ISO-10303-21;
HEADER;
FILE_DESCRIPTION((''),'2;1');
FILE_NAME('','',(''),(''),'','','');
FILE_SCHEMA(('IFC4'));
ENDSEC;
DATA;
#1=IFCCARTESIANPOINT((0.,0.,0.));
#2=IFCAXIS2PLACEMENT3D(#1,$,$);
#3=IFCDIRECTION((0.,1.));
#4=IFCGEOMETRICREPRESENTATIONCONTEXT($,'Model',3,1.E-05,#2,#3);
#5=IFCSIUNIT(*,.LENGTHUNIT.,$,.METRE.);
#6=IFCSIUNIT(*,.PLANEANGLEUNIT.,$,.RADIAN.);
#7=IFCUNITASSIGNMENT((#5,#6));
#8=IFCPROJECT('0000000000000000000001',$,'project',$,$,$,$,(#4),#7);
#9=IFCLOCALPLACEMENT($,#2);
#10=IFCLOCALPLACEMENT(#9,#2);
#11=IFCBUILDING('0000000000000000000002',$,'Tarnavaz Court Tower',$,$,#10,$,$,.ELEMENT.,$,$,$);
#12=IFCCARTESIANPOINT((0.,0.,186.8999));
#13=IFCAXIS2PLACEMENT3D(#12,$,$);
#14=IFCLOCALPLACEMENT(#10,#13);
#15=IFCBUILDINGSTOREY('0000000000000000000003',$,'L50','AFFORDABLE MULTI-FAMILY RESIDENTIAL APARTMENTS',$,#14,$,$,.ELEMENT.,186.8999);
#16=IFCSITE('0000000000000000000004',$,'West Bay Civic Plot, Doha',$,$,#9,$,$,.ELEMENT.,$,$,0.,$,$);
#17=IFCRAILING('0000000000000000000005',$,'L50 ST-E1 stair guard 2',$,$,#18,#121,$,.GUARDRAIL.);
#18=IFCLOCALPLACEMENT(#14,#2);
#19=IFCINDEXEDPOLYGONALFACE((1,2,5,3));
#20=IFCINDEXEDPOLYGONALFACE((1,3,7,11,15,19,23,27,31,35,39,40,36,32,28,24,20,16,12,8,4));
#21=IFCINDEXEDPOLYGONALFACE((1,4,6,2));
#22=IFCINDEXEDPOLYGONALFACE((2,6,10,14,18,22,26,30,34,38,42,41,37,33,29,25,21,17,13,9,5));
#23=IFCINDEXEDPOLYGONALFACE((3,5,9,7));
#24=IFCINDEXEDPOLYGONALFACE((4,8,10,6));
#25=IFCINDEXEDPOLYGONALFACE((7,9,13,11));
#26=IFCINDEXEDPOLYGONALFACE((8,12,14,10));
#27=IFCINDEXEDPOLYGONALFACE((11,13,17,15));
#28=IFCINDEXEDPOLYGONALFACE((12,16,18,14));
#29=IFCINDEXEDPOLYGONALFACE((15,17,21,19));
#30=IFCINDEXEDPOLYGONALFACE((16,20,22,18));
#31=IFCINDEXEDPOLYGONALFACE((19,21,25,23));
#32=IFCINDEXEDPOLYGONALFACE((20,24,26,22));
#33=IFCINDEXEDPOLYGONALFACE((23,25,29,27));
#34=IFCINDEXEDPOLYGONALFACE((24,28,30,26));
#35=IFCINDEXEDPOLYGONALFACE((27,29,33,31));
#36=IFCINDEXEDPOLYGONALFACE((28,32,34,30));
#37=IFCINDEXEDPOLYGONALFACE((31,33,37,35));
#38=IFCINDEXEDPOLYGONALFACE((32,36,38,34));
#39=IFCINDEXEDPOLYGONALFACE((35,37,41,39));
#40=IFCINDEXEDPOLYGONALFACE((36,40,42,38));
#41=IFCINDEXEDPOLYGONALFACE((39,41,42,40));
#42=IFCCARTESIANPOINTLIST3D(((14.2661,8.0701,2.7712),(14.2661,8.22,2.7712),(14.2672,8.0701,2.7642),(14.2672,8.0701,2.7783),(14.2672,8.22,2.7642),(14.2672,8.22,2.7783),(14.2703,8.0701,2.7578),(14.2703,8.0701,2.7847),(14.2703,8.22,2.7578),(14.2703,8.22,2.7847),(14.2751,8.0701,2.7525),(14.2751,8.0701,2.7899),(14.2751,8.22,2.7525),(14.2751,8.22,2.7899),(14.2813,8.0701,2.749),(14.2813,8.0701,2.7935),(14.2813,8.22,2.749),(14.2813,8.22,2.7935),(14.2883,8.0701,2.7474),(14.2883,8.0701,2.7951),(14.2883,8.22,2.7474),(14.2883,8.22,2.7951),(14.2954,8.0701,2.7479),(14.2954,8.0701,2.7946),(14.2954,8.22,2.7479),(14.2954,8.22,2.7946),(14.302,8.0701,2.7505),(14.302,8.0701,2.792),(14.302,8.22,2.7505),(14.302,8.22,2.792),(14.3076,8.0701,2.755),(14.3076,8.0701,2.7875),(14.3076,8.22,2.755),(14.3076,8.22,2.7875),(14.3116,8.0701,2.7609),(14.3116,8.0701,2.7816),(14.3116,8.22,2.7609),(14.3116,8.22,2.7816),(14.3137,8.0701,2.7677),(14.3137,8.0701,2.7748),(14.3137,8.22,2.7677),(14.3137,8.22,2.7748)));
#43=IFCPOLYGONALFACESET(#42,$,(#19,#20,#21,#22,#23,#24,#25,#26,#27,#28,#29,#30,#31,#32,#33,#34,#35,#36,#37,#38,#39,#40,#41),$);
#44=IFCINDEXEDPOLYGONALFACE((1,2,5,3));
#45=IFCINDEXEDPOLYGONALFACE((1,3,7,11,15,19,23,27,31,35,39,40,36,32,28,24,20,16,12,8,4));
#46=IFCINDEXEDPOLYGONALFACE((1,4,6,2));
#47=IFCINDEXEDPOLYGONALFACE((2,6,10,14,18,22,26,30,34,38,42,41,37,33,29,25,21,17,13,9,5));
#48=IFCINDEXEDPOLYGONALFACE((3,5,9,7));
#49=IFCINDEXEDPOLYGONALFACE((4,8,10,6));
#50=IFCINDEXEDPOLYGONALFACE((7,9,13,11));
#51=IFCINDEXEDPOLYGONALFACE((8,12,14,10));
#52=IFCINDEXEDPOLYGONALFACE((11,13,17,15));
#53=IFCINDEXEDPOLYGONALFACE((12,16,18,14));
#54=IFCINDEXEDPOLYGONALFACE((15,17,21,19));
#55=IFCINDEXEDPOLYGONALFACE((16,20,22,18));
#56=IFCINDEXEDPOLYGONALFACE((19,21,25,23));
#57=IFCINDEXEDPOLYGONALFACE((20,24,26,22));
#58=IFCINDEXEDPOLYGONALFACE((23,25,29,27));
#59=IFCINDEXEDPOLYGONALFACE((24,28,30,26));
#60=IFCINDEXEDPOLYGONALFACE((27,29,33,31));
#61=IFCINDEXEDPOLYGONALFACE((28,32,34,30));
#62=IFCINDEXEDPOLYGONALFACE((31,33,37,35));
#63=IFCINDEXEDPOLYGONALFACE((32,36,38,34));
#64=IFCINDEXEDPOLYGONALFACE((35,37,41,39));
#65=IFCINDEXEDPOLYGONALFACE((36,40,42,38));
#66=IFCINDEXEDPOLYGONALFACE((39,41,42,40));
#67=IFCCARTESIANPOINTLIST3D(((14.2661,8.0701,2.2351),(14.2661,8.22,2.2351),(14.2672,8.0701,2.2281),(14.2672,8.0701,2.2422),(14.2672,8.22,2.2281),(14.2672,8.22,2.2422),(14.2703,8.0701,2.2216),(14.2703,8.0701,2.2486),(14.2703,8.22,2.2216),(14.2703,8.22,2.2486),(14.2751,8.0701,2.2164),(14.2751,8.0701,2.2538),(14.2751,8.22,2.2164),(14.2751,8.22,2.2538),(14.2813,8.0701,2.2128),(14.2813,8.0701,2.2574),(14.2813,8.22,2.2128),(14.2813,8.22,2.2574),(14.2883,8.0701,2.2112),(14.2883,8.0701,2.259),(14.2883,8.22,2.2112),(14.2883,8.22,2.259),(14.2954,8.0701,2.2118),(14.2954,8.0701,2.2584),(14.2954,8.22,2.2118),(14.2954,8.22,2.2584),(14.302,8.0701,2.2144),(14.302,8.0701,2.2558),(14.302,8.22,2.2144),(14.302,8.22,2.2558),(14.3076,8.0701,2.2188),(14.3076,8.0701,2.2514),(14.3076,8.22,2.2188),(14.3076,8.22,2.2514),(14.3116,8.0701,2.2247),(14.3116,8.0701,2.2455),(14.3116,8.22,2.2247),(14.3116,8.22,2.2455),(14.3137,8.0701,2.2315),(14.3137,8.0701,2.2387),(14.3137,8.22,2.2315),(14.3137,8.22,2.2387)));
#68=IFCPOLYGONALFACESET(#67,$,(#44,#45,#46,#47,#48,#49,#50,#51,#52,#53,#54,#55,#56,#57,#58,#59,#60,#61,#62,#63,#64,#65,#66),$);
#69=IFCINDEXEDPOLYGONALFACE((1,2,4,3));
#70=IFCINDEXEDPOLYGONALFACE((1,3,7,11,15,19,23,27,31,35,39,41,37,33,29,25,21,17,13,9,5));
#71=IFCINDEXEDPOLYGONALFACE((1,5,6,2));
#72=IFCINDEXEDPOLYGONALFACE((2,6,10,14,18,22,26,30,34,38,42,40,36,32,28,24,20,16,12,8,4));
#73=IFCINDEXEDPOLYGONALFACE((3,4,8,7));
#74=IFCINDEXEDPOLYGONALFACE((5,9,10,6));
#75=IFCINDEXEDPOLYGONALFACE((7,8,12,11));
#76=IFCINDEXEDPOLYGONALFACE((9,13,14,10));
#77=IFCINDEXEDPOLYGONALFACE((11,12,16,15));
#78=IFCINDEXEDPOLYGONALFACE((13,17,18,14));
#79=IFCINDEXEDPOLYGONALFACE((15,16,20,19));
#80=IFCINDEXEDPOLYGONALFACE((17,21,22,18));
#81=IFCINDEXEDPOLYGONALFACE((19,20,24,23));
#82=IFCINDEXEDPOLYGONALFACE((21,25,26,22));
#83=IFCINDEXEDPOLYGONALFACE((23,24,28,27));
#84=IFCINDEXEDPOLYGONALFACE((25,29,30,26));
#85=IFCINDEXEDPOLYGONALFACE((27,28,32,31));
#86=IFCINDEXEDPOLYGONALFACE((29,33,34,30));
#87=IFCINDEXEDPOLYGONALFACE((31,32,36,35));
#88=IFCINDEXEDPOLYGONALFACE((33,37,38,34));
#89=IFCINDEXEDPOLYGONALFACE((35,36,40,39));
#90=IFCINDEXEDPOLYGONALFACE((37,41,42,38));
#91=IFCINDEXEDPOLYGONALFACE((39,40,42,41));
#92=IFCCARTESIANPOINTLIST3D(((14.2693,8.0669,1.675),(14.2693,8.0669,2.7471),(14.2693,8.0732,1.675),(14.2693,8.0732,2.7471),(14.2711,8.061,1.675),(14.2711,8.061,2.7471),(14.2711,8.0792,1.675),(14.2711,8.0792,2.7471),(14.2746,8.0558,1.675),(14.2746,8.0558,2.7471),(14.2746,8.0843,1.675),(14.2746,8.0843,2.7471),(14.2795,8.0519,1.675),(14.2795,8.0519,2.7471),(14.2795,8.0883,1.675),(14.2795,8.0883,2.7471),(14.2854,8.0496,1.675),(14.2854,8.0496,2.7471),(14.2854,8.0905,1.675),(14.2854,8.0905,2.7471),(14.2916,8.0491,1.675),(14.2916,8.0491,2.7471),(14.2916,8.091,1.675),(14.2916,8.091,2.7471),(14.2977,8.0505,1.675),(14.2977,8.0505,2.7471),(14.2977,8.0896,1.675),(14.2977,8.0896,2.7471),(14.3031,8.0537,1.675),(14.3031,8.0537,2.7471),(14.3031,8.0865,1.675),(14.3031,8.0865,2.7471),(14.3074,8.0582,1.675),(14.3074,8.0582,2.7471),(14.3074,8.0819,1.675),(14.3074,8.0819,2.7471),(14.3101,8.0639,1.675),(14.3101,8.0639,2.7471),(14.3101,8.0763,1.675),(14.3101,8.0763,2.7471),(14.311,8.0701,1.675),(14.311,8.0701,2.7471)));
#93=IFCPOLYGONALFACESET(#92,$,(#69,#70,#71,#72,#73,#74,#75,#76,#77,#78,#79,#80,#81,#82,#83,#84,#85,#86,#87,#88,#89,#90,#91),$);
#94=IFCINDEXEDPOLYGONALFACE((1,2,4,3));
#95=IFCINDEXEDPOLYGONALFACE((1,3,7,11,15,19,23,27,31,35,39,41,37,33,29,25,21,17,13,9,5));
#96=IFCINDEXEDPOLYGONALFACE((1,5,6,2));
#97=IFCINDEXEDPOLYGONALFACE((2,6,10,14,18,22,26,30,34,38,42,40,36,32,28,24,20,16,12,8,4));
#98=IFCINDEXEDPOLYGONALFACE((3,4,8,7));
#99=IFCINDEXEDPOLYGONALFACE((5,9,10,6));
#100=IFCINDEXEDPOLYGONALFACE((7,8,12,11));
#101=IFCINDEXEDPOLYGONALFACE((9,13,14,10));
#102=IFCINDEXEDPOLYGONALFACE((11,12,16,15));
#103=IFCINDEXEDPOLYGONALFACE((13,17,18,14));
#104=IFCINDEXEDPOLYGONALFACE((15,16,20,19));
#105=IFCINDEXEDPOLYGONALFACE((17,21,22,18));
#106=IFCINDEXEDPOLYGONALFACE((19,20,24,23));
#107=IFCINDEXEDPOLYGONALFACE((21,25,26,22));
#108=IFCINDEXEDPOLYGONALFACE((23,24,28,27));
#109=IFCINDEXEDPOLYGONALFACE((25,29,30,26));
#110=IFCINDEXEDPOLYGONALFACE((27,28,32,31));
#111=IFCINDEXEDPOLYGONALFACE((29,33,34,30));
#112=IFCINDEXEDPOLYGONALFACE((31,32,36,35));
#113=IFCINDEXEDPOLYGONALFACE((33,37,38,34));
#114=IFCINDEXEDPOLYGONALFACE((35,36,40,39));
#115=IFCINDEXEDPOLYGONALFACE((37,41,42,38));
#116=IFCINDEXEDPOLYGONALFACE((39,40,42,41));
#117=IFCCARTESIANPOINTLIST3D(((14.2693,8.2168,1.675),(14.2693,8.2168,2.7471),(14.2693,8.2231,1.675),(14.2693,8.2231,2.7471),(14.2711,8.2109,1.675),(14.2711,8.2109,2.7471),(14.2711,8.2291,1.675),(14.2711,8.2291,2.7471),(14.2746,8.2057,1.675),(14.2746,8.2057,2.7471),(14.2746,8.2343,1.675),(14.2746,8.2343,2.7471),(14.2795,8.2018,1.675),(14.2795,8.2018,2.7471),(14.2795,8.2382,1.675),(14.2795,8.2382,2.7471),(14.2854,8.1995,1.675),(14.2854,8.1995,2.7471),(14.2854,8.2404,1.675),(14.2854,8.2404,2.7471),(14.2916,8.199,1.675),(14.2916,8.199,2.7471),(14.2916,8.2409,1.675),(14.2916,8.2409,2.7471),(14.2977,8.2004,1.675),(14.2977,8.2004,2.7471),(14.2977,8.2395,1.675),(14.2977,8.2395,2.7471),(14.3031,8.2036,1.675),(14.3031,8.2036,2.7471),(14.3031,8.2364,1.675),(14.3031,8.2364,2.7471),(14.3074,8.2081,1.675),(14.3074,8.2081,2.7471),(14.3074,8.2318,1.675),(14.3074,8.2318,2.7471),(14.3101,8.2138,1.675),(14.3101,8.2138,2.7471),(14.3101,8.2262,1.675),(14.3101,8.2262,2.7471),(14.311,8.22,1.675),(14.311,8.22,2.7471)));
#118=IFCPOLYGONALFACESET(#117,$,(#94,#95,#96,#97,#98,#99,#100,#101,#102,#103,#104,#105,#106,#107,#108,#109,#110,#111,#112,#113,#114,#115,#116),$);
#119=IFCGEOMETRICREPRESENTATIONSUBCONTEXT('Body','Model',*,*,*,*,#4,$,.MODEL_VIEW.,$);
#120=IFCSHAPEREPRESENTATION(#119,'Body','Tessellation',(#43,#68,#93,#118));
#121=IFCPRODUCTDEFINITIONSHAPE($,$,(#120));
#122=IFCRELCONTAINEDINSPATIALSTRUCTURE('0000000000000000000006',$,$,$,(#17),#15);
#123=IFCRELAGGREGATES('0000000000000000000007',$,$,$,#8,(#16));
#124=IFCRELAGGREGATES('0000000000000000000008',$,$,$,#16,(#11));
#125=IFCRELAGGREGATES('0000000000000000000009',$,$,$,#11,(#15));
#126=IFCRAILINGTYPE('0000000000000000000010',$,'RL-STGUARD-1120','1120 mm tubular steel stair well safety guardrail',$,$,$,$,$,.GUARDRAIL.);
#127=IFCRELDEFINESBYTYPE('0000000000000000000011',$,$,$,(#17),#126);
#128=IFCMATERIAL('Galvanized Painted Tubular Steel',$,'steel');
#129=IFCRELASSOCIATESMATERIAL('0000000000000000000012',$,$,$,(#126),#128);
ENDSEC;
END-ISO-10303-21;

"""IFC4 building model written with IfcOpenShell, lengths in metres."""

from ifc_helpers import new_model, si_unit, direction, frame, origin, origin_2d, place, context, subcontext, project, spatial, circle, extrude, material, type_object, element, save


model = new_model("IFC4")

# Units and contexts
model_context = context("Model", 3, precision=1e-05, world=origin(), true_north=direction((0.0, 1.0)))
body_context = subcontext(model_context, "Body", "Model", "MODEL_VIEW")
ifc_project = project(units=[si_unit("LENGTHUNIT", "METRE"), si_unit("PLANEANGLEUNIT", "RADIAN")], contexts=[model_context])

# Site, building, storey
site_placement = place(None, origin())
site = spatial("IfcSite", under=ifc_project, at=site_placement, Name="West Bay Civic Plot, Doha", CompositionType="ELEMENT", RefElevation=0.0)
building_placement = place(site_placement, origin())
building = spatial("IfcBuilding", under=site, at=building_placement, Name="Tarnavaz Court Tower", CompositionType="ELEMENT")
storey_placement = place(building_placement, frame((0.0, 0.0, 186.8999)))
storey = spatial("IfcBuildingStorey", under=building, at=storey_placement, Name="L50", Description="AFFORDABLE MULTI-FAMILY RESIDENTIAL APARTMENTS", CompositionType="ELEMENT", Elevation=186.8999)

# Railing
ifc_material_1 = material(Name="Galvanized Painted Tubular Steel", Category="steel")
railing_type_1 = type_object("IfcRailingType", Name="RL-STGUARD-1120", Description="1120 mm tubular steel stair well safety guardrail", PredefinedType="GUARDRAIL", material=ifc_material_1)
railing_1_placement = place(storey_placement, frame((14.29, 8.0701, 1.675)))
element("IfcRailing", 1, at=railing_1_placement, inside=storey, type_object=railing_type_1, Name="L50 ST-E1 stair guard 2", PredefinedType="GUARDRAIL", context=body_context, shape_type="SweptSolid", body=[
    extrude(circle(Radius=0.0239, at=origin_2d()), frame((0.0, 0.0, 1.0962), z_axis=(0.0, 1.0, 0.0), x_axis=(-1.0, 0.0, 0.0)), (0.0, 0.0, 1.0), 0.1499),
    extrude(circle(Radius=0.0239, at=origin_2d()), frame((0.0, 0.0, 0.5601), z_axis=(0.0, 1.0, 0.0), x_axis=(-1.0, 0.0, 0.0)), (0.0, 0.0, 1.0), 0.1499),
    extrude(circle(Radius=0.021, at=origin_2d()), origin(), (0.0, 0.0, 1.0), 1.072),
    extrude(circle(Radius=0.021, at=origin_2d()), frame((0.0, 0.1499, 0.0)), (0.0, 0.0, 1.0), 1.072),
])

save(model, "model.ifc")
